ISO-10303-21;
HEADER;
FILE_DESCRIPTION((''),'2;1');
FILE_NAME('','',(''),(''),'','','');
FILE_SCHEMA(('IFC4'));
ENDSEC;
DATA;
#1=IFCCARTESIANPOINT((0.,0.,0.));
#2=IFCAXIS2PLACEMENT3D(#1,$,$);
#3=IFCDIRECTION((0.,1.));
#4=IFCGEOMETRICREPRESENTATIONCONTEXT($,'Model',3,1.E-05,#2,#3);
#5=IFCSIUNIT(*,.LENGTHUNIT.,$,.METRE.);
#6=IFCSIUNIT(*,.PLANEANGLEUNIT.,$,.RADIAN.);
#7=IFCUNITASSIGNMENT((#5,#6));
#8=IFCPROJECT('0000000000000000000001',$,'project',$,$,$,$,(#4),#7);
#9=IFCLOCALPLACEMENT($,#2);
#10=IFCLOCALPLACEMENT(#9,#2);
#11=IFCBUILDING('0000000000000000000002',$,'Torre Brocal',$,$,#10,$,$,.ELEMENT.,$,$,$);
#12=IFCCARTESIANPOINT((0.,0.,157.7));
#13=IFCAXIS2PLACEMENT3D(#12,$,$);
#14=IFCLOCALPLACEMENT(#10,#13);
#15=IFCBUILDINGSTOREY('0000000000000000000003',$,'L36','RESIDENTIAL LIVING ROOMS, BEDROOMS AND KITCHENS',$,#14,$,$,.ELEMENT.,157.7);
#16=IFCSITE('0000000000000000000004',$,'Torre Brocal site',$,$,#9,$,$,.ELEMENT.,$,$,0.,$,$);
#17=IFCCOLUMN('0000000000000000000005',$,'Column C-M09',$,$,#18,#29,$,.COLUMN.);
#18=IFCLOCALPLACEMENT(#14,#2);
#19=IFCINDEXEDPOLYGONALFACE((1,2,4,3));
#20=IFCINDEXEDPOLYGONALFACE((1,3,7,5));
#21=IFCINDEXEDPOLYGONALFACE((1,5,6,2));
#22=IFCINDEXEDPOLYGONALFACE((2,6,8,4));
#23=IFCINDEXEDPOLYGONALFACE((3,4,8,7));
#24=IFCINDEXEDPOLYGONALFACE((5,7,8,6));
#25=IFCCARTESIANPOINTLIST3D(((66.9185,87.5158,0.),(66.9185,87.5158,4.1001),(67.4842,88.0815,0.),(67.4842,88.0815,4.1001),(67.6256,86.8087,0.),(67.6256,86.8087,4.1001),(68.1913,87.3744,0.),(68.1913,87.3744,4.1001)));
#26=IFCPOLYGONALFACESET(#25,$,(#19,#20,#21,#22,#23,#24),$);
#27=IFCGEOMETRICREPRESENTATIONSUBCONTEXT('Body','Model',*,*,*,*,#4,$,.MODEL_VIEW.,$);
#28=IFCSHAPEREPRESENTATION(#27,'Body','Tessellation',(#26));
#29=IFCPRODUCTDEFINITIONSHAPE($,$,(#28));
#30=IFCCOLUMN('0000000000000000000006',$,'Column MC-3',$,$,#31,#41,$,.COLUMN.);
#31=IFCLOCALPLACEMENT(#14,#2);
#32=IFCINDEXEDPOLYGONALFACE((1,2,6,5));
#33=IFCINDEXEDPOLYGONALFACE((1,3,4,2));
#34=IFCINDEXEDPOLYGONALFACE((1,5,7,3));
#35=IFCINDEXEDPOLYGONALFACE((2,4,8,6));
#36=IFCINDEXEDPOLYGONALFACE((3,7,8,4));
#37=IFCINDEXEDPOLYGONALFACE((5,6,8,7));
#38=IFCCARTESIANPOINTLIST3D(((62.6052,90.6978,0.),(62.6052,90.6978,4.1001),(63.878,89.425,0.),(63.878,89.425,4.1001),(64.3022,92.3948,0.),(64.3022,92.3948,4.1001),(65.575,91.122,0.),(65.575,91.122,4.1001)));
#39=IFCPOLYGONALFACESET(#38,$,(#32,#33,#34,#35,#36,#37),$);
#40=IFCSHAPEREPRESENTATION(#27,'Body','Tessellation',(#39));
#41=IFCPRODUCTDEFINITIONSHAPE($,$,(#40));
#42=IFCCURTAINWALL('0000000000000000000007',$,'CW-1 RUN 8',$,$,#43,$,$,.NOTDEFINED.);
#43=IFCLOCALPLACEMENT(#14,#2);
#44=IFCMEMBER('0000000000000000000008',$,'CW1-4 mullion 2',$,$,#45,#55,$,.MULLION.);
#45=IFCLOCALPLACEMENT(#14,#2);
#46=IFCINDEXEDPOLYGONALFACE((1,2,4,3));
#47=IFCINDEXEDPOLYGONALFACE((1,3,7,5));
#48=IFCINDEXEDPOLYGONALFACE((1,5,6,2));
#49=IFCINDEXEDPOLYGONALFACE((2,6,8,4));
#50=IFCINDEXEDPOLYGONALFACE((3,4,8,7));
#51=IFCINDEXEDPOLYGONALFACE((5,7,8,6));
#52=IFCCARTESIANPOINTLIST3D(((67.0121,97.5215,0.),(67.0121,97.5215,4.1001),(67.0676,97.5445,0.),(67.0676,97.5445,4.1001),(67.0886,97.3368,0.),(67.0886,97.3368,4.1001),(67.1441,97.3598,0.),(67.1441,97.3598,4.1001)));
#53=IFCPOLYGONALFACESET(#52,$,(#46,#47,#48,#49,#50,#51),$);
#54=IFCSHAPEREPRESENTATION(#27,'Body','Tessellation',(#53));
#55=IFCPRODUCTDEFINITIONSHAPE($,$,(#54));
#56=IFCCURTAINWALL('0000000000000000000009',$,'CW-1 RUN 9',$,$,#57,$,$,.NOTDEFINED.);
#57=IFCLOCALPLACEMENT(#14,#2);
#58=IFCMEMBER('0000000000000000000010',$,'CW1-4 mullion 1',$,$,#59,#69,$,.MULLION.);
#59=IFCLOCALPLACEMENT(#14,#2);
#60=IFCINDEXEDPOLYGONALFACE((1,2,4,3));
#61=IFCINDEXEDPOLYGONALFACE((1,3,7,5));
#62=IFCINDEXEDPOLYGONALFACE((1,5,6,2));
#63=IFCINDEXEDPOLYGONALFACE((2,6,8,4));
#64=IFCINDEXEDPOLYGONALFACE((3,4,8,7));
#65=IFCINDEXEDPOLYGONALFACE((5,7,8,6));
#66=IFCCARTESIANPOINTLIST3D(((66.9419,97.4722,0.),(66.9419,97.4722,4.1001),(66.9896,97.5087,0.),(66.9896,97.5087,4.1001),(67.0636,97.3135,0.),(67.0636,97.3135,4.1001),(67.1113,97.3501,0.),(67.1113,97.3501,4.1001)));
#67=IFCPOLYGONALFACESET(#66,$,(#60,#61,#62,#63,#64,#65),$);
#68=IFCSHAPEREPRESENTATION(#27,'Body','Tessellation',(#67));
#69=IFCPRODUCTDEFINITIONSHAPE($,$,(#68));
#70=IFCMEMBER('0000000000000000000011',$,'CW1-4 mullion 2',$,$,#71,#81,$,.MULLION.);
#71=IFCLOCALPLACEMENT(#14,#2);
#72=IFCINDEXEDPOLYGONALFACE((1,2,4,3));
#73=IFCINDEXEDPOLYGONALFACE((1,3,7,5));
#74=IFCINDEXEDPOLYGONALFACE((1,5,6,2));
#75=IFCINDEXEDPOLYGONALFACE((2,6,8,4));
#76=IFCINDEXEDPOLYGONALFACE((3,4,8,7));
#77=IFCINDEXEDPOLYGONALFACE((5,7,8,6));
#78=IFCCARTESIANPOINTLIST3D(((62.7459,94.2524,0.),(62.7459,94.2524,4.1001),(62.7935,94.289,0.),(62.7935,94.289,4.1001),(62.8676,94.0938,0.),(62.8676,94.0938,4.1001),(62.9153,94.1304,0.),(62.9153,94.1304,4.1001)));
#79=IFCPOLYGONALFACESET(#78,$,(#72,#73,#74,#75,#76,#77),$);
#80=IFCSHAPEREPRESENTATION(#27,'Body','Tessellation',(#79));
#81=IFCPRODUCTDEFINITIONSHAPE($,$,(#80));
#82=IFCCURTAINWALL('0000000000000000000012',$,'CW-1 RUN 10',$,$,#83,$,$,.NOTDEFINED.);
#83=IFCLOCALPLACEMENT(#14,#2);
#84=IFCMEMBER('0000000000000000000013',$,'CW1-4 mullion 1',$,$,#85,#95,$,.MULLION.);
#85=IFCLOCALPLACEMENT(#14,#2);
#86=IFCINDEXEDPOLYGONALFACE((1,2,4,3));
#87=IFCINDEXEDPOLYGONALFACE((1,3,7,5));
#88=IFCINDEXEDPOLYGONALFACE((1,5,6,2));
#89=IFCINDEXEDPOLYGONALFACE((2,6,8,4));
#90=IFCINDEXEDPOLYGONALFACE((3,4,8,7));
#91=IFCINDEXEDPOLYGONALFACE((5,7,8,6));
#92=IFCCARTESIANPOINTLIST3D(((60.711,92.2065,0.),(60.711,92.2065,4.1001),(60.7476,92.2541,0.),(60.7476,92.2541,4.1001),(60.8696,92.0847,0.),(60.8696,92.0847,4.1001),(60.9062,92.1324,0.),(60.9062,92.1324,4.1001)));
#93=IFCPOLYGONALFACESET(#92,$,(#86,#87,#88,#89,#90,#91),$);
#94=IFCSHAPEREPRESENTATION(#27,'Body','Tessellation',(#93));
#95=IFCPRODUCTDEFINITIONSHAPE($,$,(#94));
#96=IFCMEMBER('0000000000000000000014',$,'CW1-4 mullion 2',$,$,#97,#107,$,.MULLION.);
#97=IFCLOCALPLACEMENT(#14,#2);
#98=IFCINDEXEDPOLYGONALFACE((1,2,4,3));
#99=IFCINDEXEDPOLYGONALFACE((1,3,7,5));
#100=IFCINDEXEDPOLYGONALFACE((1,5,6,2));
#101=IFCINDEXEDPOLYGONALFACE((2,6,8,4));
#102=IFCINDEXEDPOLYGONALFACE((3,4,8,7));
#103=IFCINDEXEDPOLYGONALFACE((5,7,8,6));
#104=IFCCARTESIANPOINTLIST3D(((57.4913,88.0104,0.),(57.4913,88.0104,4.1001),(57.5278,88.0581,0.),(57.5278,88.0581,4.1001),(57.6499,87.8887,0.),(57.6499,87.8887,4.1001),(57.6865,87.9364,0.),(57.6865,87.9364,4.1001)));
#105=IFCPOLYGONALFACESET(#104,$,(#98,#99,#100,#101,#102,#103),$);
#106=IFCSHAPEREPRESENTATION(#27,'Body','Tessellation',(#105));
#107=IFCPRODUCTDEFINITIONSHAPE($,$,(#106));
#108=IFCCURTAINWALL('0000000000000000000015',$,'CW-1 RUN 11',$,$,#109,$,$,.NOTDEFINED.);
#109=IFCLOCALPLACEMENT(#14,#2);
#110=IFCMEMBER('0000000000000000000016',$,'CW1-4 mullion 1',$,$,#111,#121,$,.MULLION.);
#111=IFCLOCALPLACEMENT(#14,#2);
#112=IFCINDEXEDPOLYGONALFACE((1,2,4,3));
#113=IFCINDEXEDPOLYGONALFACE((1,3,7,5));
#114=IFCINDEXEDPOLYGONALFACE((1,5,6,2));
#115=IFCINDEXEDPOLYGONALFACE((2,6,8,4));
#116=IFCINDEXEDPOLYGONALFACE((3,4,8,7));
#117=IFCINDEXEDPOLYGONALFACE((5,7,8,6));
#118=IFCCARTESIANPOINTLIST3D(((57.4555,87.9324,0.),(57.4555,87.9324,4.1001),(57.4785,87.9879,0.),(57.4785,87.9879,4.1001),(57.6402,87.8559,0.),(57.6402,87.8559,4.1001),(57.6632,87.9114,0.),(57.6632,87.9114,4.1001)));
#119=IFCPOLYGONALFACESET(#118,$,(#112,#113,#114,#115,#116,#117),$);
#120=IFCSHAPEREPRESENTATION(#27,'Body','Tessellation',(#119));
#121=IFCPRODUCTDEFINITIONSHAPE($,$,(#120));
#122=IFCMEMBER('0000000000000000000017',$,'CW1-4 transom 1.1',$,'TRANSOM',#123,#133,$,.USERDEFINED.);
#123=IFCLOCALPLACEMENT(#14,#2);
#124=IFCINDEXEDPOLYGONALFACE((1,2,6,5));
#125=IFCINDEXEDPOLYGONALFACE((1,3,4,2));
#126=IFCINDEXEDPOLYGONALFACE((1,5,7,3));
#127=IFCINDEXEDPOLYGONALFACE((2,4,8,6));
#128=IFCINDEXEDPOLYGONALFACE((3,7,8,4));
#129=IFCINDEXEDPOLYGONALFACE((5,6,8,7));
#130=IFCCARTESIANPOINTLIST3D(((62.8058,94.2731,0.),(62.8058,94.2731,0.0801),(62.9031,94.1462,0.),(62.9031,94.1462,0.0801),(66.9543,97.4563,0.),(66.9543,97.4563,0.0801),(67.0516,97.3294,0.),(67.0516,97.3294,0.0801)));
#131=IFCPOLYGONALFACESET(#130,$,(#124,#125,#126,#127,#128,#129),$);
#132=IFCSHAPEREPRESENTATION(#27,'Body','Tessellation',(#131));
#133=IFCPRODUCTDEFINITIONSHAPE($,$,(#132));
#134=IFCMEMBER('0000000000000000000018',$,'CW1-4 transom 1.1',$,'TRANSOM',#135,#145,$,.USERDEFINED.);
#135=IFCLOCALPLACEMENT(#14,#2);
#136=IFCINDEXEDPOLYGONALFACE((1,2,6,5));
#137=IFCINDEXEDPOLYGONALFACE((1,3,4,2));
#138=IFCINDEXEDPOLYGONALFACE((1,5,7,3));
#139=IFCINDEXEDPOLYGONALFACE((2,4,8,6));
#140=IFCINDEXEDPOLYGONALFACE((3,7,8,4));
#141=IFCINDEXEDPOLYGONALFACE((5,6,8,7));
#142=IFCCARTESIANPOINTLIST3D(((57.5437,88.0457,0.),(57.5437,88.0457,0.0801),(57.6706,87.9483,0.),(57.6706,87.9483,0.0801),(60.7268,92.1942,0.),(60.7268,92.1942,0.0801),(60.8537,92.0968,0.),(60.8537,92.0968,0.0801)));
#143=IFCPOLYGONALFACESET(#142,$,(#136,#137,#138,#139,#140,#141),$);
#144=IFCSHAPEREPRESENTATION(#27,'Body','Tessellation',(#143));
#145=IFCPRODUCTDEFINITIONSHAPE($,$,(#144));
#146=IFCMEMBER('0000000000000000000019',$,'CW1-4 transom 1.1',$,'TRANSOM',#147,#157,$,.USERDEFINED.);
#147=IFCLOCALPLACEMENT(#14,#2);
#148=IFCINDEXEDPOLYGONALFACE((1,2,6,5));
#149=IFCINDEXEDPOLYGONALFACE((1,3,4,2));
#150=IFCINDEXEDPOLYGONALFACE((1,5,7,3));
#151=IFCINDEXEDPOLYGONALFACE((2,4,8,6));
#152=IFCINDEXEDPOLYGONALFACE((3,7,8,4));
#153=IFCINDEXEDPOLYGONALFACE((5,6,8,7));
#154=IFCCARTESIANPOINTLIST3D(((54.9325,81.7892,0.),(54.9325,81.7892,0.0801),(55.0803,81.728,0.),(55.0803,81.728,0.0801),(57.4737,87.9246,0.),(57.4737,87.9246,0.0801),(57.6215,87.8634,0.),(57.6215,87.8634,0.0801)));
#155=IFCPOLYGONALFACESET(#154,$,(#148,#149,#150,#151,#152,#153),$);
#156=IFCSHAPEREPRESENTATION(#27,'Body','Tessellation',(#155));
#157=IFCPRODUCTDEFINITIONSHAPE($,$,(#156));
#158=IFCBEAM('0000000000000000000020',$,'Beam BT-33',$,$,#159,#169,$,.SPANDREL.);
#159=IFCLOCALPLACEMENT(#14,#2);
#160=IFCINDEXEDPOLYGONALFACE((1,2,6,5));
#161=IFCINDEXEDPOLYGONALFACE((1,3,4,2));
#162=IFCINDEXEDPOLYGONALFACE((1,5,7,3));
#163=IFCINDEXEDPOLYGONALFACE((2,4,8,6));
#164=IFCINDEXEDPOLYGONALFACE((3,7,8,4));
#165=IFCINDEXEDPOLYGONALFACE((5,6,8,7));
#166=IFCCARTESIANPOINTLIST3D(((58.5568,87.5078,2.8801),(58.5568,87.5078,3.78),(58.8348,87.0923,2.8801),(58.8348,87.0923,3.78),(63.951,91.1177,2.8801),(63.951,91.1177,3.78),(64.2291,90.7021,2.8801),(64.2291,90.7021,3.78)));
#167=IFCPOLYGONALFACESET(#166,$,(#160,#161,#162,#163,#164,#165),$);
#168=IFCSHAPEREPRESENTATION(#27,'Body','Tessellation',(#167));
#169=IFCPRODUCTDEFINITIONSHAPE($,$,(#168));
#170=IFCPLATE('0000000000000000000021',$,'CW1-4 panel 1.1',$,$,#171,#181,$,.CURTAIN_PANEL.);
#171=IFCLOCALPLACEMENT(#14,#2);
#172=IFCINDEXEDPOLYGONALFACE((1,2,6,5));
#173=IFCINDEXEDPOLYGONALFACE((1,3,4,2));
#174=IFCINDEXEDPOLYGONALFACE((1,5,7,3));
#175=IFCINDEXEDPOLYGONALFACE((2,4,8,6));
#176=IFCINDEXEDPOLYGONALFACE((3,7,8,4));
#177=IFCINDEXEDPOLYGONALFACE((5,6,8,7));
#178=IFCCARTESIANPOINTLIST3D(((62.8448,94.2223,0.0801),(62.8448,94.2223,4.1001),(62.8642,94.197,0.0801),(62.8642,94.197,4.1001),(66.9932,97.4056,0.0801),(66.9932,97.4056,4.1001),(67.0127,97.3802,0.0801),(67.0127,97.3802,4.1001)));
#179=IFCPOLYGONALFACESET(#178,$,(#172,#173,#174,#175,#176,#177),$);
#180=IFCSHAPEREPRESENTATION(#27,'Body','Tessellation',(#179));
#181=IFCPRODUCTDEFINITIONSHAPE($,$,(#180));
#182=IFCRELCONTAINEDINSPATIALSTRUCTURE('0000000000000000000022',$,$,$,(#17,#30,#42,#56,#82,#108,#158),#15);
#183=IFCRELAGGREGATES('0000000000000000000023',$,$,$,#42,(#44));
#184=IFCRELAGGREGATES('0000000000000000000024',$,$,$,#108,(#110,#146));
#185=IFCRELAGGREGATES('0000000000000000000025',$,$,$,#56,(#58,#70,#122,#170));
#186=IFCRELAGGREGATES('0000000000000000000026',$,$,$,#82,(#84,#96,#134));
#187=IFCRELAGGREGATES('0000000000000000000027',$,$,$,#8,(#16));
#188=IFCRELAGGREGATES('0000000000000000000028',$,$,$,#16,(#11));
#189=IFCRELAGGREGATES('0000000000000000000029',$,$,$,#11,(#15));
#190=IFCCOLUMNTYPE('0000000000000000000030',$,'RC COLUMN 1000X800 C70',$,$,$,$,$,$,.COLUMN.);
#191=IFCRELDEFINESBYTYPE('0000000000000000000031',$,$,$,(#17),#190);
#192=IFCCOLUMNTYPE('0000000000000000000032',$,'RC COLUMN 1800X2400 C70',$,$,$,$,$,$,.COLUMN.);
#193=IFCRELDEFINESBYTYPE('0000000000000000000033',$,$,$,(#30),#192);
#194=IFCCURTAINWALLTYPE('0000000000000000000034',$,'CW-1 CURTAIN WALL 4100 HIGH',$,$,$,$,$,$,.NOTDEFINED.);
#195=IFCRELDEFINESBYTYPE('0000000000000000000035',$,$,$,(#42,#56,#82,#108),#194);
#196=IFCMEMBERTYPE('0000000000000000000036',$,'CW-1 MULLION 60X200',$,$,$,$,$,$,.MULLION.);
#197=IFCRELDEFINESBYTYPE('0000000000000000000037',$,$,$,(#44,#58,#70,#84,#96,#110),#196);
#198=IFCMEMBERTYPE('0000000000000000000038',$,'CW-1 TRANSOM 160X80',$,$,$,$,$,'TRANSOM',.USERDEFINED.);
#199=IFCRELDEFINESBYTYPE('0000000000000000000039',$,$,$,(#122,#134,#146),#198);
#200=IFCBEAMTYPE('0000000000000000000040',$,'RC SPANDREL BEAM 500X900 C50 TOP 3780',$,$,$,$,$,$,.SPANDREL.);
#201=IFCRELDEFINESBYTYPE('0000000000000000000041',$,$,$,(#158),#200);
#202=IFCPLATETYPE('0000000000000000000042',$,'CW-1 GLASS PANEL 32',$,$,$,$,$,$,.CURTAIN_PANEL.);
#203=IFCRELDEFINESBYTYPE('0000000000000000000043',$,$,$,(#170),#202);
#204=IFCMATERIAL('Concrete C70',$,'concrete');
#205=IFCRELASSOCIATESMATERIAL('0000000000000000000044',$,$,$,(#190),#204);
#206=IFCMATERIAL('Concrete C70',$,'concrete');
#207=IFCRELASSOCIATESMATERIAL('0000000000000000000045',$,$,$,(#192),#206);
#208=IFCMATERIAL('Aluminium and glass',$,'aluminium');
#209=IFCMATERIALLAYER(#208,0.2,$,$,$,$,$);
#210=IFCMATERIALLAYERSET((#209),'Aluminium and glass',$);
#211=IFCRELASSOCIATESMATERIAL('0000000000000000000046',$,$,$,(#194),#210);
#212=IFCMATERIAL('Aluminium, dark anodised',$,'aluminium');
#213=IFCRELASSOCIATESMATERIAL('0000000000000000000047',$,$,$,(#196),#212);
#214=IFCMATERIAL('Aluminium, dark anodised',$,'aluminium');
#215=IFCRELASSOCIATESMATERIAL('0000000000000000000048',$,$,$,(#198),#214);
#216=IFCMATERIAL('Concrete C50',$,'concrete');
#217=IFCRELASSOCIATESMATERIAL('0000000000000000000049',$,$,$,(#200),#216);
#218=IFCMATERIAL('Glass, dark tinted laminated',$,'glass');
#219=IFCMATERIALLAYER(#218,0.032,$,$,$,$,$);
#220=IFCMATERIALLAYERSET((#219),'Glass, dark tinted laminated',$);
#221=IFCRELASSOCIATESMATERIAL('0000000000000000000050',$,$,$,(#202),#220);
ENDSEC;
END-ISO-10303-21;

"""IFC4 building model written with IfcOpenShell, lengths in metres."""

from ifc_helpers import new_model, si_unit, direction, frame, origin, origin_2d, place, context, subcontext, project, spatial, rectangle, extrude, material, layer, layer_set, material_profile, profile_set, type_object, element, aggregate, save


model = new_model("IFC4")

# Units and contexts
model_context = context("Model", 3, precision=1e-05, world=origin(), true_north=direction((0.0, 1.0)))
body_context = subcontext(model_context, "Body", "Model", "MODEL_VIEW")
ifc_project = project(units=[si_unit("LENGTHUNIT", "METRE"), si_unit("PLANEANGLEUNIT", "RADIAN")], contexts=[model_context])

# Site, building, storey
site_placement = place(None, origin())
site = spatial("IfcSite", under=ifc_project, at=site_placement, Name="Torre Brocal site", CompositionType="ELEMENT", RefElevation=0.0)
building_placement = place(site_placement, origin())
building = spatial("IfcBuilding", under=site, at=building_placement, Name="Torre Brocal", CompositionType="ELEMENT")
storey_placement = place(building_placement, frame((0.0, 0.0, 157.7)))
storey = spatial("IfcBuildingStorey", under=building, at=storey_placement, Name="L36", Description="RESIDENTIAL LIVING ROOMS, BEDROOMS AND KITCHENS", CompositionType="ELEMENT", Elevation=157.7)

# Columns
ifc_material_1 = material(Name="Concrete C70", Category="concrete")
ifc_material_profile_1 = material_profile(ifc_material_1, rectangle(XDim=1.0, YDim=0.8, at=origin_2d()), Name="RC 1000X800")
ifc_profile_set_1 = profile_set([ifc_material_profile_1], Name="Concrete C70")
column_type_1 = type_object("IfcColumnType", Name="RC COLUMN 1000X800 C70", PredefinedType="COLUMN", material=ifc_profile_set_1)
column_1_placement = place(storey_placement, frame((67.5549, 87.4451, 0.0), z_axis=(0.0, 0.0, 1.0), x_axis=(-0.707107, 0.707107, 0.0)))
element("IfcColumn", 1, at=column_1_placement, inside=storey, type_object=column_type_1, Name="Column C-M09", PredefinedType="COLUMN", context=body_context, shape_type="SweptSolid", body=[
    extrude(rectangle(XDim=1.0, YDim=0.8, at=origin_2d()), origin(), (0.0, 0.0, 1.0), 4.1001),
])
ifc_material_2 = material(Name="Concrete C70", Category="concrete")
ifc_material_profile_2 = material_profile(ifc_material_2, rectangle(XDim=1.8, YDim=2.3999, at=origin_2d()), Name="RC 1800X2400")
ifc_profile_set_2 = profile_set([ifc_material_profile_2], Name="Concrete C70")
column_type_2 = type_object("IfcColumnType", Name="RC COLUMN 1800X2400 C70", PredefinedType="COLUMN", material=ifc_profile_set_2)
column_2_placement = place(storey_placement, frame((64.0901, 90.9099, 0.0), z_axis=(0.0, 0.0, 1.0), x_axis=(-0.707107, 0.707107, 0.0)))
element("IfcColumn", 2, at=column_2_placement, inside=storey, type_object=column_type_2, Name="Column MC-3", PredefinedType="COLUMN", context=body_context, shape_type="SweptSolid", body=[
    extrude(rectangle(XDim=1.8, YDim=2.3999, at=origin_2d()), origin(), (0.0, 0.0, 1.0), 4.1001),
])

# Curtain wall, member
ifc_material_3 = material(Name="Aluminium and glass", Category="aluminium")
ifc_layer_1 = layer(ifc_material_3, 0.2)
ifc_layer_set_1 = layer_set([ifc_layer_1], Name="Aluminium and glass")
curtain_wall_type = type_object("IfcCurtainWallType", Name="CW-1 CURTAIN WALL 4100 HIGH", PredefinedType="NOTDEFINED", material=ifc_layer_set_1)
curtain_wall_1_placement = place(storey_placement, origin())
curtain_wall_1 = element("IfcCurtainWall", 3, at=curtain_wall_1_placement, inside=storey, type_object=curtain_wall_type, Name="CW-1 RUN 8", PredefinedType="NOTDEFINED")
ifc_material_4 = material(Name="Aluminium, dark anodised", Category="aluminium")
ifc_material_profile_3 = material_profile(ifc_material_4, rectangle(XDim=0.2, YDim=0.0601, at=origin_2d()), Name="CW-1 MULLION 60X200")
ifc_profile_set_3 = profile_set([ifc_material_profile_3], Name="Aluminium, dark anodised")
member_type_1 = type_object("IfcMemberType", Name="CW-1 MULLION 60X200", PredefinedType="MULLION", material=ifc_profile_set_3)
member_1_placement = place(storey_placement, frame((67.0781, 97.4407, 0.0), z_axis=(0.0, 0.0, 1.0), x_axis=(0.382683, -0.92388, 0.0)))
member_1 = element("IfcMember", 4, at=member_1_placement, type_object=member_type_1, Name="CW1-4 mullion 2", PredefinedType="MULLION", context=body_context, shape_type="SweptSolid", body=[
    extrude(rectangle(XDim=0.2, YDim=0.0601, at=origin_2d()), origin(), (0.0, 0.0, 1.0), 4.1001),
])
aggregate(curtain_wall_1, [member_1])

# Curtain walls, members
curtain_wall_2_placement = place(storey_placement, origin())
curtain_wall_2 = element("IfcCurtainWall", 5, at=curtain_wall_2_placement, inside=storey, type_object=curtain_wall_type, Name="CW-1 RUN 9", PredefinedType="NOTDEFINED")
member_2_placement = place(storey_placement, frame((67.0266, 97.4111, 0.0), z_axis=(0.0, 0.0, 1.0), x_axis=(0.608761, -0.793353, 0.0)))
member_2 = element("IfcMember", 6, at=member_2_placement, type_object=member_type_1, Name="CW1-4 mullion 1", PredefinedType="MULLION", context=body_context, shape_type="SweptSolid", body=[
    extrude(rectangle(XDim=0.2, YDim=0.0601, at=origin_2d()), origin(), (0.0, 0.0, 1.0), 4.1001),
])
member_3_placement = place(storey_placement, frame((62.8306, 94.1914, 0.0), z_axis=(0.0, 0.0, 1.0), x_axis=(0.608761, -0.793353, 0.0)))
member_3 = element("IfcMember", 7, at=member_3_placement, type_object=member_type_1, Name="CW1-4 mullion 2", PredefinedType="MULLION", context=body_context, shape_type="SweptSolid", body=[
    extrude(rectangle(XDim=0.2, YDim=0.0601, at=origin_2d()), origin(), (0.0, 0.0, 1.0), 4.1001),
])
curtain_wall_3_placement = place(storey_placement, origin())
curtain_wall_3 = element("IfcCurtainWall", 8, at=curtain_wall_3_placement, inside=storey, type_object=curtain_wall_type, Name="CW-1 RUN 10", PredefinedType="NOTDEFINED")
member_4_placement = place(storey_placement, frame((60.8086, 92.1694, 0.0), z_axis=(0.0, 0.0, 1.0), x_axis=(0.793353, -0.608761, 0.0)))
member_4 = element("IfcMember", 9, at=member_4_placement, type_object=member_type_1, Name="CW1-4 mullion 1", PredefinedType="MULLION", context=body_context, shape_type="SweptSolid", body=[
    extrude(rectangle(XDim=0.2, YDim=0.0601, at=origin_2d()), origin(), (0.0, 0.0, 1.0), 4.1001),
])
member_5_placement = place(storey_placement, frame((57.5889, 87.9734, 0.0), z_axis=(0.0, 0.0, 1.0), x_axis=(0.793353, -0.608761, 0.0)))
member_5 = element("IfcMember", 10, at=member_5_placement, type_object=member_type_1, Name="CW1-4 mullion 2", PredefinedType="MULLION", context=body_context, shape_type="SweptSolid", body=[
    extrude(rectangle(XDim=0.2, YDim=0.0601, at=origin_2d()), origin(), (0.0, 0.0, 1.0), 4.1001),
])

# Curtain wall, member
curtain_wall_4_placement = place(storey_placement, origin())
curtain_wall_4 = element("IfcCurtainWall", 11, at=curtain_wall_4_placement, inside=storey, type_object=curtain_wall_type, Name="CW-1 RUN 11", PredefinedType="NOTDEFINED")
member_6_placement = place(storey_placement, frame((57.5593, 87.9219, 0.0), z_axis=(0.0, 0.0, 1.0), x_axis=(0.92388, -0.382683, 0.0)))
member_6 = element("IfcMember", 12, at=member_6_placement, type_object=member_type_1, Name="CW1-4 mullion 1", PredefinedType="MULLION", context=body_context, shape_type="SweptSolid", body=[
    extrude(rectangle(XDim=0.2, YDim=0.0601, at=origin_2d()), origin(), (0.0, 0.0, 1.0), 4.1001),
])

# Members
ifc_material_5 = material(Name="Aluminium, dark anodised", Category="aluminium")
ifc_material_profile_4 = material_profile(ifc_material_5, rectangle(XDim=0.1599, YDim=0.0801, at=origin_2d()), Name="CW-1 TRANSOM 160X80")
ifc_profile_set_4 = profile_set([ifc_material_profile_4], Name="Aluminium, dark anodised")
member_type_2 = type_object("IfcMemberType", Name="CW-1 TRANSOM 160X80", ElementType="TRANSOM", PredefinedType="USERDEFINED", material=ifc_profile_set_4)
member_7_placement = place(storey_placement, frame((67.0029, 97.3928, 0.04), z_axis=(-0.793363, -0.608749, 0.0), x_axis=(0.608749, -0.793363, 0.0)))
member_7 = element("IfcMember", 13, at=member_7_placement, type_object=member_type_2, Name="CW1-4 transom 1.1", ObjectType="TRANSOM", PredefinedType="USERDEFINED", context=body_context, shape_type="SweptSolid", body=[
    extrude(rectangle(XDim=0.1599, YDim=0.0801, at=origin_2d()), origin(), (0.0, 0.0, 1.0), 5.229),
])
member_8_placement = place(storey_placement, frame((60.7903, 92.1455, 0.04), z_axis=(-0.608749, -0.793363, 0.0), x_axis=(0.793363, -0.608749, 0.0)))
member_8 = element("IfcMember", 14, at=member_8_placement, type_object=member_type_2, Name="CW1-4 transom 1.1", ObjectType="TRANSOM", PredefinedType="USERDEFINED", context=body_context, shape_type="SweptSolid", body=[
    extrude(rectangle(XDim=0.1599, YDim=0.0801, at=origin_2d()), origin(), (0.0, 0.0, 1.0), 5.229),
])
member_9_placement = place(storey_placement, frame((57.5476, 87.894, 0.04), z_axis=(-0.382665, -0.923887, 0.0), x_axis=(0.923887, -0.382665, 0.0)))
member_9 = element("IfcMember", 15, at=member_9_placement, type_object=member_type_2, Name="CW1-4 transom 1.1", ObjectType="TRANSOM", PredefinedType="USERDEFINED", context=body_context, shape_type="SweptSolid", body=[
    extrude(rectangle(XDim=0.1599, YDim=0.0801, at=origin_2d()), origin(), (0.0, 0.0, 1.0), 6.6409),
])
aggregate(curtain_wall_4, [member_6, member_9])

# Beam
ifc_material_6 = material(Name="Concrete C50", Category="concrete")
ifc_material_profile_5 = material_profile(ifc_material_6, rectangle(XDim=0.5, YDim=0.8999, at=origin_2d()), Name="RC 500X900")
ifc_profile_set_5 = profile_set([ifc_material_profile_5], Name="Concrete C50")
beam_type = type_object("IfcBeamType", Name="RC SPANDREL BEAM 500X900 C50 TOP 3780", PredefinedType="SPANDREL", material=ifc_profile_set_5)
beam_placement = place(storey_placement, frame((64.0901, 90.9099, 3.3301), z_axis=(-0.831077, -0.556158, 0.0), x_axis=(0.556158, -0.831077, 0.0)))
element("IfcBeam", 16, at=beam_placement, inside=storey, type_object=beam_type, Name="Beam BT-33", PredefinedType="SPANDREL", context=body_context, shape_type="SweptSolid", body=[
    extrude(rectangle(XDim=0.5, YDim=0.8999, at=origin_2d()), origin(), (0.0, 0.0, 1.0), 6.4907),
])

# Plate
ifc_material_7 = material(Name="Glass, dark tinted laminated", Category="glass")
ifc_layer_2 = layer(ifc_material_7, 0.032)
ifc_layer_set_2 = layer_set([ifc_layer_2], Name="Glass, dark tinted laminated")
plate_type = type_object("IfcPlateType", Name="CW-1 GLASS PANEL 32", PredefinedType="CURTAIN_PANEL", material=ifc_layer_set_2)
plate_1_placement = place(storey_placement, frame((64.9287, 95.8013, 0.0801), z_axis=(0.0, 0.0, 1.0), x_axis=(-0.793353, -0.608761, 0.0)))
plate_1 = element("IfcPlate", 17, at=plate_1_placement, type_object=plate_type, Name="CW1-4 panel 1.1", PredefinedType="CURTAIN_PANEL", context=body_context, shape_type="SweptSolid", body=[
    extrude(rectangle(XDim=5.229, YDim=0.032, at=origin_2d()), origin(), (0.0, 0.0, 1.0), 4.02),
])
aggregate(curtain_wall_2, [member_2, member_3, member_7, plate_1])
aggregate(curtain_wall_3, [member_4, member_5, member_8])

save(model, "model.ifc")
